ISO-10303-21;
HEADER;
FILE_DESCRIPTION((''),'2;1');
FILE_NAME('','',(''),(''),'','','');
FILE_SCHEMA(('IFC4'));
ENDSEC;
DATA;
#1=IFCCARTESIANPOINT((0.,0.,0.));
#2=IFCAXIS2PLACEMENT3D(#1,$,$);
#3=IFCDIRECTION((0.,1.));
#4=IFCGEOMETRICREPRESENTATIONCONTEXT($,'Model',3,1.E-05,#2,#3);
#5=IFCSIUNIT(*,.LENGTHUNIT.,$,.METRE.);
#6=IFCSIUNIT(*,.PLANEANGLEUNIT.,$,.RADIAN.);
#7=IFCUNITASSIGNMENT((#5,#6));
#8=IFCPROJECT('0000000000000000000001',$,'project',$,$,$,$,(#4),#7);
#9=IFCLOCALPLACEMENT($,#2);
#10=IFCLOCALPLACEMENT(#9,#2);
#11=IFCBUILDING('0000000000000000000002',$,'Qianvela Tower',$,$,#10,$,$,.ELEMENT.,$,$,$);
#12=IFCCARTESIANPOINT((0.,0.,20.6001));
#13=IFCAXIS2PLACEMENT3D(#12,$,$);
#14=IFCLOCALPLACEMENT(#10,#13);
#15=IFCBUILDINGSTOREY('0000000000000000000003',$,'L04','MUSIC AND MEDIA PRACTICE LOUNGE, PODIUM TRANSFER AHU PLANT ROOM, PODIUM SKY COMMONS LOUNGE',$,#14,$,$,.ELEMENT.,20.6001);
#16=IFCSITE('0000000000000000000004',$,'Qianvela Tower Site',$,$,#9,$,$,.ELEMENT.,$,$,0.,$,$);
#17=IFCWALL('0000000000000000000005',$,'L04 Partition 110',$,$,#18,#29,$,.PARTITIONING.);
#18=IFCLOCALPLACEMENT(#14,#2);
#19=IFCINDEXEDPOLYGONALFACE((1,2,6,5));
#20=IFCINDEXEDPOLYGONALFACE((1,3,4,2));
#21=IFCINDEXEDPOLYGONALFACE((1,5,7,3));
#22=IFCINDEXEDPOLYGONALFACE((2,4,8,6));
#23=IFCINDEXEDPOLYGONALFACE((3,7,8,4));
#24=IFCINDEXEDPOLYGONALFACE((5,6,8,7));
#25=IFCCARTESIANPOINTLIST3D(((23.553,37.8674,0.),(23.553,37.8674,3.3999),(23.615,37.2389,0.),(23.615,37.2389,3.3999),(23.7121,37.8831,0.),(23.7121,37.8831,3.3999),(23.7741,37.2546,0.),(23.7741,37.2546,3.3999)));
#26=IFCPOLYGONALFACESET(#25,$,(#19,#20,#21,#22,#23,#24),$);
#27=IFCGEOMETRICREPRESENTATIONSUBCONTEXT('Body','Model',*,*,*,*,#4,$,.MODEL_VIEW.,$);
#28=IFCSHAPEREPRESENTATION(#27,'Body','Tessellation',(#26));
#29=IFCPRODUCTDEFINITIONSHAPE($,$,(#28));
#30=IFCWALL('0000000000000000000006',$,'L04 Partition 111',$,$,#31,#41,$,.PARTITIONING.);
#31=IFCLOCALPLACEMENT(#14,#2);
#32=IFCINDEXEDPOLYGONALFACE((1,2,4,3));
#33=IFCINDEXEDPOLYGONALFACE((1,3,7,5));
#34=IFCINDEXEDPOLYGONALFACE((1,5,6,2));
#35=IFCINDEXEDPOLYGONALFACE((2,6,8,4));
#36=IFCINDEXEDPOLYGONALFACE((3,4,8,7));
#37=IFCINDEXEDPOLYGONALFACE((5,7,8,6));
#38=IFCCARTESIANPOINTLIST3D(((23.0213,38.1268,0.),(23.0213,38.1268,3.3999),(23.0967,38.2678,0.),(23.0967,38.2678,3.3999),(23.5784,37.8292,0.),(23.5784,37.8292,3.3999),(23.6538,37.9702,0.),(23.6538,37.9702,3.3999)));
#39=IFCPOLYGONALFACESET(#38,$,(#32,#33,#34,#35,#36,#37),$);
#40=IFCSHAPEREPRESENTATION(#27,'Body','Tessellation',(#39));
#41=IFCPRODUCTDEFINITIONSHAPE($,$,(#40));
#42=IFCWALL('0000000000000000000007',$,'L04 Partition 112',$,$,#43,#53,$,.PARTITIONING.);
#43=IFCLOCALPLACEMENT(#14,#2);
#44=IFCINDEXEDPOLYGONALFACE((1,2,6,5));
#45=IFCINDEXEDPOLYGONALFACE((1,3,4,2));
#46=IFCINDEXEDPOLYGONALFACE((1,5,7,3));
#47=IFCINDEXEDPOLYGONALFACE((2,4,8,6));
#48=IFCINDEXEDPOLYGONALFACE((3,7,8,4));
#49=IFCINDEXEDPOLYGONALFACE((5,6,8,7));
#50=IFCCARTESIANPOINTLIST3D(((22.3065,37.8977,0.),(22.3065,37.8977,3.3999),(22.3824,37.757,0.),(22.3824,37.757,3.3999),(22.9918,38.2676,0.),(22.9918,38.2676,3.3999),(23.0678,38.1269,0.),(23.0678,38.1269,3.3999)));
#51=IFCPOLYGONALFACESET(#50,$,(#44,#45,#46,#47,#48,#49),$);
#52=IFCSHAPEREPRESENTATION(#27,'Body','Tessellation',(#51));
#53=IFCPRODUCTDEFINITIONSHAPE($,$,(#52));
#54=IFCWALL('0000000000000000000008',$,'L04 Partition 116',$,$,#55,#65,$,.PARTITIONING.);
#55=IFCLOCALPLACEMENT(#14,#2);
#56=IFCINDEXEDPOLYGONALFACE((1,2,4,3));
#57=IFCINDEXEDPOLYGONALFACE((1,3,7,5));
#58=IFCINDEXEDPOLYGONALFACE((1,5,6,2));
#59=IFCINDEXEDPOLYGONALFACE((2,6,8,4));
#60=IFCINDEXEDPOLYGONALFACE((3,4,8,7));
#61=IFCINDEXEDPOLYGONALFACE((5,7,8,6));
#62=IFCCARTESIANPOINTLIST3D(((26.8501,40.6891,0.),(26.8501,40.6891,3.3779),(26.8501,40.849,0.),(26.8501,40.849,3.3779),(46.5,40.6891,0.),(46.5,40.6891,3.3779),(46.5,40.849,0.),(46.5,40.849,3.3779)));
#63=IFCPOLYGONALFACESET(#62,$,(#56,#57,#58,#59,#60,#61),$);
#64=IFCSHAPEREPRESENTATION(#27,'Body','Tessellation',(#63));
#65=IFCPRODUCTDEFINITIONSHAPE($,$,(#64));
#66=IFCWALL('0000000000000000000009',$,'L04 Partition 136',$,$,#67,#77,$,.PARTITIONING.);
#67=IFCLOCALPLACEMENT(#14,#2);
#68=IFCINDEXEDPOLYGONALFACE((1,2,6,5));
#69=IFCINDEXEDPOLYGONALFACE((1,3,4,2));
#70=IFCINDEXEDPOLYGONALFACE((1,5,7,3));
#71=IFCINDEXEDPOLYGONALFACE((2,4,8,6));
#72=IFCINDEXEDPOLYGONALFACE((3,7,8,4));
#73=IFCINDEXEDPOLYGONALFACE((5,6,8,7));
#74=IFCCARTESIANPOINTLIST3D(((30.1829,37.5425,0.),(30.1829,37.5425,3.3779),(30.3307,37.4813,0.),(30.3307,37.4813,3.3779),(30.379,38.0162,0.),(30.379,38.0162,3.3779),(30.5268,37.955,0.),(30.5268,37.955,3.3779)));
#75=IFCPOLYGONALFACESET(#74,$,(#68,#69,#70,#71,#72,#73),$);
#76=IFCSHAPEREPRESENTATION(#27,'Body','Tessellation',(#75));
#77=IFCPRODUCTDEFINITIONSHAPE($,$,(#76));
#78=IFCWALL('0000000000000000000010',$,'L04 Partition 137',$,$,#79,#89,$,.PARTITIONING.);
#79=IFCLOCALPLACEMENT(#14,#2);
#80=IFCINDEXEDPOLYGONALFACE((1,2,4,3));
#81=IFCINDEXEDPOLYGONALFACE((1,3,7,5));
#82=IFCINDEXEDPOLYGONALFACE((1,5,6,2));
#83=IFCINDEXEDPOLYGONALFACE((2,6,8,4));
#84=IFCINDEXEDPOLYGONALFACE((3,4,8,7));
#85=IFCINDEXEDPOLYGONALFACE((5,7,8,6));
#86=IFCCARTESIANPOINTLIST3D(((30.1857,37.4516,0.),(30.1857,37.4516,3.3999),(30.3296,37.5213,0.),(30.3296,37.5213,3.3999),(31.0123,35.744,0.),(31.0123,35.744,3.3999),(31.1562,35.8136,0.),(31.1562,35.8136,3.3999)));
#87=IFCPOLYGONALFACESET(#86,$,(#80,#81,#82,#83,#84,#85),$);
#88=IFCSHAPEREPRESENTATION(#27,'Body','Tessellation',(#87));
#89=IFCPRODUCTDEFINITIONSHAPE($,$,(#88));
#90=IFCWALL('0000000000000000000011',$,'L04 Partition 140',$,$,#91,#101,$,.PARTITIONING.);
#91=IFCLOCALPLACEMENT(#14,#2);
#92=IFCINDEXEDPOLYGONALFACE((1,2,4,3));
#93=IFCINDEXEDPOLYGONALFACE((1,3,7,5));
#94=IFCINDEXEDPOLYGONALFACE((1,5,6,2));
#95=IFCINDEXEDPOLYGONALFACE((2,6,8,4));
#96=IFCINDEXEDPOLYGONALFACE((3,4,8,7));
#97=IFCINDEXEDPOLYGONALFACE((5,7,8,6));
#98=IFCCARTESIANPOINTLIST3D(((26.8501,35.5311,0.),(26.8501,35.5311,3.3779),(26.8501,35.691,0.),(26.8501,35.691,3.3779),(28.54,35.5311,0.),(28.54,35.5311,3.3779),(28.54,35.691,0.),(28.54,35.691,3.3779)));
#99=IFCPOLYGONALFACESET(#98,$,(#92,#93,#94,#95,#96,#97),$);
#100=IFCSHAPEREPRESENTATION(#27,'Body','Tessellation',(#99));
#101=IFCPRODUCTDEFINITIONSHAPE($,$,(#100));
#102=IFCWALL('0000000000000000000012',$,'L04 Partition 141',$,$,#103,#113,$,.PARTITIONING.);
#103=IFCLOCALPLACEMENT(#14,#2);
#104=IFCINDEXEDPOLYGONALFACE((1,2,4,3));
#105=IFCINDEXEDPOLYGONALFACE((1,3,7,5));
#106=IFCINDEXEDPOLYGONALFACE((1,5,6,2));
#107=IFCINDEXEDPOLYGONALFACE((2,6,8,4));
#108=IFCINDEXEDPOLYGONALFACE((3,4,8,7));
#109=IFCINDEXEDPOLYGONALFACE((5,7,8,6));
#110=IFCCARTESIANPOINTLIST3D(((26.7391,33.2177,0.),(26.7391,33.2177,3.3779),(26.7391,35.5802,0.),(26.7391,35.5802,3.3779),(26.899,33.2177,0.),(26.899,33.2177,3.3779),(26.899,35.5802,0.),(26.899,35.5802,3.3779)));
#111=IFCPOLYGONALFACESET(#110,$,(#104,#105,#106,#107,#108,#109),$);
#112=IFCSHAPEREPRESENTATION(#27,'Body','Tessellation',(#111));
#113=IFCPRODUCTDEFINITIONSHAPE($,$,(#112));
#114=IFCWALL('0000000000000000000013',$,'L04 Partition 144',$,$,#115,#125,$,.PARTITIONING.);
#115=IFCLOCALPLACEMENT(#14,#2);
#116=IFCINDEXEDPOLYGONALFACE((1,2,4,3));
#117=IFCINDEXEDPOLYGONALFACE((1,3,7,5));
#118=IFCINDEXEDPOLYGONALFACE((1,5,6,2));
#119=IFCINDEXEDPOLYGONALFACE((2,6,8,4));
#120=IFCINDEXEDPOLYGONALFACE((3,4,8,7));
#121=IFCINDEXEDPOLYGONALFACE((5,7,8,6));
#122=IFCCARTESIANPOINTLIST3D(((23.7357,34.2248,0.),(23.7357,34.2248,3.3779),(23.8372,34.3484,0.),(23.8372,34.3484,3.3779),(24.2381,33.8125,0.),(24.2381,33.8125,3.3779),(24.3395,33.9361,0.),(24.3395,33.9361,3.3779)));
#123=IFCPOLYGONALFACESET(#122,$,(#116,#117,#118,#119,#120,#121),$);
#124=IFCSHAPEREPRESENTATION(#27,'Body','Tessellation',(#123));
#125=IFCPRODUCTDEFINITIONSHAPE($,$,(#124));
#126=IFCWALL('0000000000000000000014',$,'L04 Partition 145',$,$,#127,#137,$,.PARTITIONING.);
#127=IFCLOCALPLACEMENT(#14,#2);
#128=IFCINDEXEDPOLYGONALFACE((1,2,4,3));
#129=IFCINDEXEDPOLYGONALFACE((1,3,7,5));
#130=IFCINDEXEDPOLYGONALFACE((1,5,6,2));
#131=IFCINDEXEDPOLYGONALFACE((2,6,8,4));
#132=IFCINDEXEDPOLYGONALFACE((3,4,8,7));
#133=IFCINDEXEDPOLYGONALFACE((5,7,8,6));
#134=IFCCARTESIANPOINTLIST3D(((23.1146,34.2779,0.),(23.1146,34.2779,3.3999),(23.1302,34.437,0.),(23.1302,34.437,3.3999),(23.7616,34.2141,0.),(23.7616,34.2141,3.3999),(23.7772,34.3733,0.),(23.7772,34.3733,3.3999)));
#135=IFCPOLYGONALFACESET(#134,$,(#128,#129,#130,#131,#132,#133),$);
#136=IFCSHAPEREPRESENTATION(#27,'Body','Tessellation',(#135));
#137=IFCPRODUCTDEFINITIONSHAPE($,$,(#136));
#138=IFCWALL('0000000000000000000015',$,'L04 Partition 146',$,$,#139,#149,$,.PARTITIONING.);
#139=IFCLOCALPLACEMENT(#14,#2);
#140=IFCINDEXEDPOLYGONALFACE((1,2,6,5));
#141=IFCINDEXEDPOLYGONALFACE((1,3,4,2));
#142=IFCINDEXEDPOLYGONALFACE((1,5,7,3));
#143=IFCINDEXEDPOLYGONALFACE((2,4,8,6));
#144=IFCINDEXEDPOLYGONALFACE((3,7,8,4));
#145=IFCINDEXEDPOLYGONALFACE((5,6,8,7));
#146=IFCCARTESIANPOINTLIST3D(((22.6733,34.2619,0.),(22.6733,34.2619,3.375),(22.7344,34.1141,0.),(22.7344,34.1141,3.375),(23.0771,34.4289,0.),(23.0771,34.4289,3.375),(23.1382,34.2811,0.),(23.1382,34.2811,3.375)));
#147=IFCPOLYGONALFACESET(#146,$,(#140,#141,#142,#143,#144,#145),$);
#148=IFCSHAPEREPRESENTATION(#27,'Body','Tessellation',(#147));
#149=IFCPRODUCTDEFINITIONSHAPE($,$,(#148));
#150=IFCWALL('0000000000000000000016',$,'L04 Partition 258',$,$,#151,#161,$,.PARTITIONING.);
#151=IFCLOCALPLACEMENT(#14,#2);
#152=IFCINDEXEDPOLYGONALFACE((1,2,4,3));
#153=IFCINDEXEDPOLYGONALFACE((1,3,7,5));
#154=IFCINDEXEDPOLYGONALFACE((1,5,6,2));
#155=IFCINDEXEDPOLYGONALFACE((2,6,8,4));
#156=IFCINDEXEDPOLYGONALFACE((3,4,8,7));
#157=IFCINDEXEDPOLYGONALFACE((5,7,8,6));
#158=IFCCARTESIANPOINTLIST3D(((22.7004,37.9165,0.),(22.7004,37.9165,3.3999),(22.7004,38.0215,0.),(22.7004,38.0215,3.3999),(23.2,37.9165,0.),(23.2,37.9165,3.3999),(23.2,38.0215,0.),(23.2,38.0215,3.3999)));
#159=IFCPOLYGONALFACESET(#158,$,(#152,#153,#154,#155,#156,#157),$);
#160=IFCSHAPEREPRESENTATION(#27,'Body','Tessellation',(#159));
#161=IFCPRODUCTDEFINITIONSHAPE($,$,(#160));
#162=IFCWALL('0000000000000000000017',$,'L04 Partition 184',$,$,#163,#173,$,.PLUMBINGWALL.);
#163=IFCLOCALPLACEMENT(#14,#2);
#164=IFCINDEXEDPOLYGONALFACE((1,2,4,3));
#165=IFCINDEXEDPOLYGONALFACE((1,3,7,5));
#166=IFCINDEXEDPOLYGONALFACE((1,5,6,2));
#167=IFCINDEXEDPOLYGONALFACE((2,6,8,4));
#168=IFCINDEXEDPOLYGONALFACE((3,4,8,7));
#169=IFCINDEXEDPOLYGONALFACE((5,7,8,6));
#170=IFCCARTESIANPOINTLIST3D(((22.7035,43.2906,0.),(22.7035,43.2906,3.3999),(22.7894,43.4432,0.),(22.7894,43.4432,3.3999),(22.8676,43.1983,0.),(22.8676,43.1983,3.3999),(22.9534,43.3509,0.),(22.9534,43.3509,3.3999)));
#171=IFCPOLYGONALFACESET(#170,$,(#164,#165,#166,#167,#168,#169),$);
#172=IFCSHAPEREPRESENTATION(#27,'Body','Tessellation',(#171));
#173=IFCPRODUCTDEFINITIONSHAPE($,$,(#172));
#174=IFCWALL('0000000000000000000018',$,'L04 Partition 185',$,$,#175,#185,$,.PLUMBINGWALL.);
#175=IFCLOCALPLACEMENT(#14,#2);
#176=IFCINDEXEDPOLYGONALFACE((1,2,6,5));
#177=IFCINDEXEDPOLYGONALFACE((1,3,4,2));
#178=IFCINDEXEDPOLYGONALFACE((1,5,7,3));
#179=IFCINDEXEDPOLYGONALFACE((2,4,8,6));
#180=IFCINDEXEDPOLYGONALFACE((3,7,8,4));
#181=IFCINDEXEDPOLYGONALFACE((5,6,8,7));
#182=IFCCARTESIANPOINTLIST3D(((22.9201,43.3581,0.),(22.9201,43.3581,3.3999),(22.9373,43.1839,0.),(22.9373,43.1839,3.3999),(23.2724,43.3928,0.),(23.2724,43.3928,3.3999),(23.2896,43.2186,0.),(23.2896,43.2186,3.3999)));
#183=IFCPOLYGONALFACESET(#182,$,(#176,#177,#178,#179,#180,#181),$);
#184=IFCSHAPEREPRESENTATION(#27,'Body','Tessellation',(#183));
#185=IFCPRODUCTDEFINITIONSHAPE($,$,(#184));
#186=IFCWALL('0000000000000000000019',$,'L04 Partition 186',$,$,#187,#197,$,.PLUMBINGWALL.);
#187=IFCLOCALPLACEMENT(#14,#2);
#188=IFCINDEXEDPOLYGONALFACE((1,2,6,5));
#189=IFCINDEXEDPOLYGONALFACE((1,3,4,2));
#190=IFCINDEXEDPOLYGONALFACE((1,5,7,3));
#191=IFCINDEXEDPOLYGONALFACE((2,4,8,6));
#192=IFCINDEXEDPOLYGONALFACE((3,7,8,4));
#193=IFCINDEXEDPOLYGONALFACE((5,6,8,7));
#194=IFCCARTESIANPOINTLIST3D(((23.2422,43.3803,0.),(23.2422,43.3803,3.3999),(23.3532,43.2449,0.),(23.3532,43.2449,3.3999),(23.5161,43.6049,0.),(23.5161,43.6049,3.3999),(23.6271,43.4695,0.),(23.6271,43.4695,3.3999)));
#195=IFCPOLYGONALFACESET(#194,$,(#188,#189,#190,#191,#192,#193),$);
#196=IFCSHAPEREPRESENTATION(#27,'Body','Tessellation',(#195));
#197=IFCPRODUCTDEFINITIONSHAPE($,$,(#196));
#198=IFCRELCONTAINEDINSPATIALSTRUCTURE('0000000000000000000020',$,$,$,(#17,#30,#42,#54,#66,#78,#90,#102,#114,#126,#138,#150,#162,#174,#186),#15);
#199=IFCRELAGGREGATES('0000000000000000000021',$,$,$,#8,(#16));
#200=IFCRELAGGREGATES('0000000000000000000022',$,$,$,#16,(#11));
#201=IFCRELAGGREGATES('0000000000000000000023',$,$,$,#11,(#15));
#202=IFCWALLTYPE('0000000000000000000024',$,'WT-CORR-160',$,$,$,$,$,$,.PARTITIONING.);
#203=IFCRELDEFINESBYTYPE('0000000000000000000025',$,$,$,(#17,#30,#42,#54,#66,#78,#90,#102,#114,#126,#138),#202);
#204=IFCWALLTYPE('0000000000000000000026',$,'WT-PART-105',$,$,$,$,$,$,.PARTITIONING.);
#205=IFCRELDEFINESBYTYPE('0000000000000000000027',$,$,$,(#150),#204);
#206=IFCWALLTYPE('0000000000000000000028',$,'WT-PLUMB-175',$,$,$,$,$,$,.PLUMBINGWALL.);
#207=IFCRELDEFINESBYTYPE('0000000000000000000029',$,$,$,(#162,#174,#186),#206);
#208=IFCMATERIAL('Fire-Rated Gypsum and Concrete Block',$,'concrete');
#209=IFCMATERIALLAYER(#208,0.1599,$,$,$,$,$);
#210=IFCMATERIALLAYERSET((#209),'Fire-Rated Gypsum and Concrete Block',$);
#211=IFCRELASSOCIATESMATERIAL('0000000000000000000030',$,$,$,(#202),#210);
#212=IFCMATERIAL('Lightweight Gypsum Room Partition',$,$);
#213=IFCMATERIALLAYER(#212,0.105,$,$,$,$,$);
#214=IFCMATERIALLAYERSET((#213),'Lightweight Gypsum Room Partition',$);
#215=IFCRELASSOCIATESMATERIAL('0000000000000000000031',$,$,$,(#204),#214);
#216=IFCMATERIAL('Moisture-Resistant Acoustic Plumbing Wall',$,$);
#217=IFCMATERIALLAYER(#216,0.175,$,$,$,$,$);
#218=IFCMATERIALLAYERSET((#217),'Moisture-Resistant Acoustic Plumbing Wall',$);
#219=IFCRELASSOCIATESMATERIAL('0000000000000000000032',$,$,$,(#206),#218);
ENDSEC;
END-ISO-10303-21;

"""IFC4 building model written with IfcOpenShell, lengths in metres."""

from ifc_helpers import new_model, si_unit, direction, frame, frame_2d, origin, place, context, subcontext, project, spatial, rectangle, extrude, material, layer, layer_set, type_object, element, save


model = new_model("IFC4")

# Units and contexts
model_context = context("Model", 3, precision=1e-05, world=origin(), true_north=direction((0.0, 1.0)))
body_context = subcontext(model_context, "Body", "Model", "MODEL_VIEW")
ifc_project = project(units=[si_unit("LENGTHUNIT", "METRE"), si_unit("PLANEANGLEUNIT", "RADIAN")], contexts=[model_context])

# Site, building, storey
site_placement = place(None, origin())
site = spatial("IfcSite", under=ifc_project, at=site_placement, Name="Qianvela Tower Site", CompositionType="ELEMENT", RefElevation=0.0)
building_placement = place(site_placement, origin())
building = spatial("IfcBuilding", under=site, at=building_placement, Name="Qianvela Tower", CompositionType="ELEMENT")
storey_placement = place(building_placement, frame((0.0, 0.0, 20.6001)))
storey = spatial("IfcBuildingStorey", under=building, at=storey_placement, Name="L04", Description="MUSIC AND MEDIA PRACTICE LOUNGE, PODIUM TRANSFER AHU PLANT ROOM, PODIUM SKY COMMONS LOUNGE", CompositionType="ELEMENT", Elevation=20.6001)

# Shared definitions
ifc_material_1 = material(Name="Fire-Rated Gypsum and Concrete Block", Category="concrete")
ifc_layer_1 = layer(ifc_material_1, 0.1599)
ifc_layer_set_1 = layer_set([ifc_layer_1], Name="Fire-Rated Gypsum and Concrete Block")
wall_type_1 = type_object("IfcWallType", Name="WT-CORR-160", PredefinedType="PARTITIONING", material=ifc_layer_set_1)

# Walls
for number, where, z_axis, x_axis, name in (
    (1, (23.6946, 37.2466, 0.0), (0.0, 0.0, 1.0), (-0.098164, 0.99517, 0.0), "L04 Partition 110"),
    (2, (23.6162, 37.8997, 0.0), (0.0, 0.0, 1.0), (-0.882042, 0.47117, 0.0), "L04 Partition 111"),
):
    element("IfcWall", number, at=place(storey_placement, frame(where, z_axis=z_axis, x_axis=x_axis)), inside=storey, type_object=wall_type_1, Name=name, PredefinedType="PARTITIONING", context=body_context, shape_type="SweptSolid", body=[
        extrude(rectangle(XDim=0.6316, YDim=0.1599, at=frame_2d((0.3159, 0.0))), origin(), (0.0, 0.0, 1.0), 3.3999),
    ])
wall_1_placement = place(storey_placement, frame((23.0298, 38.1973, 0.0), z_axis=(0.0, 0.0, 1.0), x_axis=(-0.880008, -0.47496, 0.0)))
element("IfcWall", 3, at=wall_1_placement, inside=storey, type_object=wall_type_1, Name="L04 Partition 112", PredefinedType="PARTITIONING", context=body_context, shape_type="SweptSolid", body=[
    extrude(rectangle(XDim=0.7788, YDim=0.1599, at=frame_2d((0.3894, 0.0))), origin(), (0.0, 0.0, 1.0), 3.3999),
])
wall_2_placement = place(storey_placement, frame((26.8501, 40.769, 0.0), z_axis=(0.0, 0.0, 1.0), x_axis=(1.0, 0.0, 0.0)))
element("IfcWall", 4, at=wall_2_placement, inside=storey, type_object=wall_type_1, Name="L04 Partition 116", PredefinedType="PARTITIONING", context=body_context, shape_type="SweptSolid", body=[
    extrude(rectangle(XDim=19.6499, YDim=0.1599, at=frame_2d((9.825, 0.0))), origin(), (0.0, 0.0, 1.0), 3.3779),
])
wall_3_placement = place(storey_placement, frame((30.4529, 37.9856, 0.0), z_axis=(0.0, 0.0, 1.0), x_axis=(-0.38245, -0.923976, 0.0)))
element("IfcWall", 5, at=wall_3_placement, inside=storey, type_object=wall_type_1, Name="L04 Partition 136", PredefinedType="PARTITIONING", context=body_context, shape_type="SweptSolid", body=[
    extrude(rectangle(XDim=0.5127, YDim=0.1599, at=frame_2d((0.2563, 0.0))), origin(), (0.0, 0.0, 1.0), 3.3779),
])
wall_4_placement = place(storey_placement, frame((30.2576, 37.4866, 0.0), z_axis=(0.0, 0.0, 1.0), x_axis=(0.435699, -0.900093, 0.0)))
element("IfcWall", 6, at=wall_4_placement, inside=storey, type_object=wall_type_1, Name="L04 Partition 137", PredefinedType="PARTITIONING", context=body_context, shape_type="SweptSolid", body=[
    extrude(rectangle(XDim=1.8972, YDim=0.1599, at=frame_2d((0.9487, 0.0))), origin(), (0.0, 0.0, 1.0), 3.3999),
])
wall_5_placement = place(storey_placement, frame((28.54, 35.6111, 0.0), z_axis=(0.0, 0.0, 1.0), x_axis=(-1.0, 0.0, 0.0)))
element("IfcWall", 7, at=wall_5_placement, inside=storey, type_object=wall_type_1, Name="L04 Partition 140", PredefinedType="PARTITIONING", context=body_context, shape_type="SweptSolid", body=[
    extrude(rectangle(XDim=1.6899, YDim=0.1599, at=frame_2d((0.845, 0.0))), origin(), (0.0, 0.0, 1.0), 3.3779),
])
wall_6_placement = place(storey_placement, frame((26.8191, 35.5801, 0.0), z_axis=(0.0, 0.0, 1.0), x_axis=(0.0, -1.0, 0.0)))
element("IfcWall", 8, at=wall_6_placement, inside=storey, type_object=wall_type_1, Name="L04 Partition 141", PredefinedType="PARTITIONING", context=body_context, shape_type="SweptSolid", body=[
    extrude(rectangle(XDim=2.3625, YDim=0.1599, at=frame_2d((1.1812, 0.0))), origin(), (0.0, 0.0, 1.0), 3.3779),
])
wall_7_placement = place(storey_placement, frame((24.2888, 33.8743, 0.0), z_axis=(0.0, 0.0, 1.0), x_axis=(-0.773003, 0.634403, 0.0)))
element("IfcWall", 9, at=wall_7_placement, inside=storey, type_object=wall_type_1, Name="L04 Partition 144", PredefinedType="PARTITIONING", context=body_context, shape_type="SweptSolid", body=[
    extrude(rectangle(XDim=0.6499, YDim=0.1599, at=frame_2d((0.325, 0.0))), origin(), (0.0, 0.0, 1.0), 3.3779),
])
wall_8_placement = place(storey_placement, frame((23.7695, 34.2937, 0.0), z_axis=(0.0, 0.0, 1.0), x_axis=(-0.995185, 0.098016, 0.0)))
element("IfcWall", 10, at=wall_8_placement, inside=storey, type_object=wall_type_1, Name="L04 Partition 145", PredefinedType="PARTITIONING", context=body_context, shape_type="SweptSolid", body=[
    extrude(rectangle(XDim=0.6501, YDim=0.1599, at=frame_2d((0.3252, 0.0))), origin(), (0.0, 0.0, 1.0), 3.3999),
])
wall_9_placement = place(storey_placement, frame((23.1077, 34.355, 0.0), z_axis=(0.0, 0.0, 1.0), x_axis=(-0.924098, -0.382154, 0.0)))
element("IfcWall", 11, at=wall_9_placement, inside=storey, type_object=wall_type_1, Name="L04 Partition 146", PredefinedType="PARTITIONING", context=body_context, shape_type="SweptSolid", body=[
    extrude(rectangle(XDim=0.437, YDim=0.1599, at=frame_2d((0.2185, 0.0))), origin(), (0.0, 0.0, 1.0), 3.375),
])
ifc_material_2 = material(Name="Lightweight Gypsum Room Partition")
ifc_layer_2 = layer(ifc_material_2, 0.105)
ifc_layer_set_2 = layer_set([ifc_layer_2], Name="Lightweight Gypsum Room Partition")
wall_type_2 = type_object("IfcWallType", Name="WT-PART-105", PredefinedType="PARTITIONING", material=ifc_layer_set_2)
wall_10_placement = place(storey_placement, frame((22.7004, 37.969, 0.0), z_axis=(0.0, 0.0, 1.0), x_axis=(1.0, 0.0, 0.0)))
element("IfcWall", 12, at=wall_10_placement, inside=storey, type_object=wall_type_2, Name="L04 Partition 258", PredefinedType="PARTITIONING", context=body_context, shape_type="SweptSolid", body=[
    extrude(rectangle(XDim=0.4995, YDim=0.105, at=frame_2d((0.2498, 0.0))), origin(), (0.0, 0.0, 1.0), 3.3999),
])
ifc_material_3 = material(Name="Moisture-Resistant Acoustic Plumbing Wall")
ifc_layer_3 = layer(ifc_material_3, 0.175)
ifc_layer_set_3 = layer_set([ifc_layer_3], Name="Moisture-Resistant Acoustic Plumbing Wall")
wall_type_3 = type_object("IfcWallType", Name="WT-PLUMB-175", PredefinedType="PLUMBINGWALL", material=ifc_layer_set_3)
wall_11_placement = place(storey_placement, frame((22.7463, 43.3669, 0.0), z_axis=(0.0, 0.0, 1.0), x_axis=(0.871576, -0.490261, 0.0)))
element("IfcWall", 13, at=wall_11_placement, inside=storey, type_object=wall_type_3, Name="L04 Partition 184", PredefinedType="PLUMBINGWALL", context=body_context, shape_type="SweptSolid", body=[
    extrude(rectangle(XDim=0.1882, YDim=0.175, at=frame_2d((0.0942, 0.0))), origin(), (0.0, 0.0, 1.0), 3.3999),
])
wall_12_placement = place(storey_placement, frame((22.9287, 43.271, 0.0), z_axis=(0.0, 0.0, 1.0), x_axis=(0.995193, 0.097933, 0.0)))
element("IfcWall", 14, at=wall_12_placement, inside=storey, type_object=wall_type_3, Name="L04 Partition 185", PredefinedType="PLUMBINGWALL", context=body_context, shape_type="SweptSolid", body=[
    extrude(rectangle(XDim=0.354, YDim=0.175, at=frame_2d((0.177, 0.0))), origin(), (0.0, 0.0, 1.0), 3.3999),
])
for number, where, z_axis, x_axis, name in (
    (15, (23.2976, 43.3125, 0.0), (0.0, 0.0, 1.0), (0.773281, 0.634063, 0.0), "L04 Partition 186"),
):
    element("IfcWall", number, at=place(storey_placement, frame(where, z_axis=z_axis, x_axis=x_axis)), inside=storey, type_object=wall_type_3, Name=name, PredefinedType="PLUMBINGWALL", context=body_context, shape_type="SweptSolid", body=[
        extrude(rectangle(XDim=0.3542, YDim=0.175, at=frame_2d((0.1772, 0.0))), origin(), (0.0, 0.0, 1.0), 3.3999),
    ])

save(model, "model.ifc")
